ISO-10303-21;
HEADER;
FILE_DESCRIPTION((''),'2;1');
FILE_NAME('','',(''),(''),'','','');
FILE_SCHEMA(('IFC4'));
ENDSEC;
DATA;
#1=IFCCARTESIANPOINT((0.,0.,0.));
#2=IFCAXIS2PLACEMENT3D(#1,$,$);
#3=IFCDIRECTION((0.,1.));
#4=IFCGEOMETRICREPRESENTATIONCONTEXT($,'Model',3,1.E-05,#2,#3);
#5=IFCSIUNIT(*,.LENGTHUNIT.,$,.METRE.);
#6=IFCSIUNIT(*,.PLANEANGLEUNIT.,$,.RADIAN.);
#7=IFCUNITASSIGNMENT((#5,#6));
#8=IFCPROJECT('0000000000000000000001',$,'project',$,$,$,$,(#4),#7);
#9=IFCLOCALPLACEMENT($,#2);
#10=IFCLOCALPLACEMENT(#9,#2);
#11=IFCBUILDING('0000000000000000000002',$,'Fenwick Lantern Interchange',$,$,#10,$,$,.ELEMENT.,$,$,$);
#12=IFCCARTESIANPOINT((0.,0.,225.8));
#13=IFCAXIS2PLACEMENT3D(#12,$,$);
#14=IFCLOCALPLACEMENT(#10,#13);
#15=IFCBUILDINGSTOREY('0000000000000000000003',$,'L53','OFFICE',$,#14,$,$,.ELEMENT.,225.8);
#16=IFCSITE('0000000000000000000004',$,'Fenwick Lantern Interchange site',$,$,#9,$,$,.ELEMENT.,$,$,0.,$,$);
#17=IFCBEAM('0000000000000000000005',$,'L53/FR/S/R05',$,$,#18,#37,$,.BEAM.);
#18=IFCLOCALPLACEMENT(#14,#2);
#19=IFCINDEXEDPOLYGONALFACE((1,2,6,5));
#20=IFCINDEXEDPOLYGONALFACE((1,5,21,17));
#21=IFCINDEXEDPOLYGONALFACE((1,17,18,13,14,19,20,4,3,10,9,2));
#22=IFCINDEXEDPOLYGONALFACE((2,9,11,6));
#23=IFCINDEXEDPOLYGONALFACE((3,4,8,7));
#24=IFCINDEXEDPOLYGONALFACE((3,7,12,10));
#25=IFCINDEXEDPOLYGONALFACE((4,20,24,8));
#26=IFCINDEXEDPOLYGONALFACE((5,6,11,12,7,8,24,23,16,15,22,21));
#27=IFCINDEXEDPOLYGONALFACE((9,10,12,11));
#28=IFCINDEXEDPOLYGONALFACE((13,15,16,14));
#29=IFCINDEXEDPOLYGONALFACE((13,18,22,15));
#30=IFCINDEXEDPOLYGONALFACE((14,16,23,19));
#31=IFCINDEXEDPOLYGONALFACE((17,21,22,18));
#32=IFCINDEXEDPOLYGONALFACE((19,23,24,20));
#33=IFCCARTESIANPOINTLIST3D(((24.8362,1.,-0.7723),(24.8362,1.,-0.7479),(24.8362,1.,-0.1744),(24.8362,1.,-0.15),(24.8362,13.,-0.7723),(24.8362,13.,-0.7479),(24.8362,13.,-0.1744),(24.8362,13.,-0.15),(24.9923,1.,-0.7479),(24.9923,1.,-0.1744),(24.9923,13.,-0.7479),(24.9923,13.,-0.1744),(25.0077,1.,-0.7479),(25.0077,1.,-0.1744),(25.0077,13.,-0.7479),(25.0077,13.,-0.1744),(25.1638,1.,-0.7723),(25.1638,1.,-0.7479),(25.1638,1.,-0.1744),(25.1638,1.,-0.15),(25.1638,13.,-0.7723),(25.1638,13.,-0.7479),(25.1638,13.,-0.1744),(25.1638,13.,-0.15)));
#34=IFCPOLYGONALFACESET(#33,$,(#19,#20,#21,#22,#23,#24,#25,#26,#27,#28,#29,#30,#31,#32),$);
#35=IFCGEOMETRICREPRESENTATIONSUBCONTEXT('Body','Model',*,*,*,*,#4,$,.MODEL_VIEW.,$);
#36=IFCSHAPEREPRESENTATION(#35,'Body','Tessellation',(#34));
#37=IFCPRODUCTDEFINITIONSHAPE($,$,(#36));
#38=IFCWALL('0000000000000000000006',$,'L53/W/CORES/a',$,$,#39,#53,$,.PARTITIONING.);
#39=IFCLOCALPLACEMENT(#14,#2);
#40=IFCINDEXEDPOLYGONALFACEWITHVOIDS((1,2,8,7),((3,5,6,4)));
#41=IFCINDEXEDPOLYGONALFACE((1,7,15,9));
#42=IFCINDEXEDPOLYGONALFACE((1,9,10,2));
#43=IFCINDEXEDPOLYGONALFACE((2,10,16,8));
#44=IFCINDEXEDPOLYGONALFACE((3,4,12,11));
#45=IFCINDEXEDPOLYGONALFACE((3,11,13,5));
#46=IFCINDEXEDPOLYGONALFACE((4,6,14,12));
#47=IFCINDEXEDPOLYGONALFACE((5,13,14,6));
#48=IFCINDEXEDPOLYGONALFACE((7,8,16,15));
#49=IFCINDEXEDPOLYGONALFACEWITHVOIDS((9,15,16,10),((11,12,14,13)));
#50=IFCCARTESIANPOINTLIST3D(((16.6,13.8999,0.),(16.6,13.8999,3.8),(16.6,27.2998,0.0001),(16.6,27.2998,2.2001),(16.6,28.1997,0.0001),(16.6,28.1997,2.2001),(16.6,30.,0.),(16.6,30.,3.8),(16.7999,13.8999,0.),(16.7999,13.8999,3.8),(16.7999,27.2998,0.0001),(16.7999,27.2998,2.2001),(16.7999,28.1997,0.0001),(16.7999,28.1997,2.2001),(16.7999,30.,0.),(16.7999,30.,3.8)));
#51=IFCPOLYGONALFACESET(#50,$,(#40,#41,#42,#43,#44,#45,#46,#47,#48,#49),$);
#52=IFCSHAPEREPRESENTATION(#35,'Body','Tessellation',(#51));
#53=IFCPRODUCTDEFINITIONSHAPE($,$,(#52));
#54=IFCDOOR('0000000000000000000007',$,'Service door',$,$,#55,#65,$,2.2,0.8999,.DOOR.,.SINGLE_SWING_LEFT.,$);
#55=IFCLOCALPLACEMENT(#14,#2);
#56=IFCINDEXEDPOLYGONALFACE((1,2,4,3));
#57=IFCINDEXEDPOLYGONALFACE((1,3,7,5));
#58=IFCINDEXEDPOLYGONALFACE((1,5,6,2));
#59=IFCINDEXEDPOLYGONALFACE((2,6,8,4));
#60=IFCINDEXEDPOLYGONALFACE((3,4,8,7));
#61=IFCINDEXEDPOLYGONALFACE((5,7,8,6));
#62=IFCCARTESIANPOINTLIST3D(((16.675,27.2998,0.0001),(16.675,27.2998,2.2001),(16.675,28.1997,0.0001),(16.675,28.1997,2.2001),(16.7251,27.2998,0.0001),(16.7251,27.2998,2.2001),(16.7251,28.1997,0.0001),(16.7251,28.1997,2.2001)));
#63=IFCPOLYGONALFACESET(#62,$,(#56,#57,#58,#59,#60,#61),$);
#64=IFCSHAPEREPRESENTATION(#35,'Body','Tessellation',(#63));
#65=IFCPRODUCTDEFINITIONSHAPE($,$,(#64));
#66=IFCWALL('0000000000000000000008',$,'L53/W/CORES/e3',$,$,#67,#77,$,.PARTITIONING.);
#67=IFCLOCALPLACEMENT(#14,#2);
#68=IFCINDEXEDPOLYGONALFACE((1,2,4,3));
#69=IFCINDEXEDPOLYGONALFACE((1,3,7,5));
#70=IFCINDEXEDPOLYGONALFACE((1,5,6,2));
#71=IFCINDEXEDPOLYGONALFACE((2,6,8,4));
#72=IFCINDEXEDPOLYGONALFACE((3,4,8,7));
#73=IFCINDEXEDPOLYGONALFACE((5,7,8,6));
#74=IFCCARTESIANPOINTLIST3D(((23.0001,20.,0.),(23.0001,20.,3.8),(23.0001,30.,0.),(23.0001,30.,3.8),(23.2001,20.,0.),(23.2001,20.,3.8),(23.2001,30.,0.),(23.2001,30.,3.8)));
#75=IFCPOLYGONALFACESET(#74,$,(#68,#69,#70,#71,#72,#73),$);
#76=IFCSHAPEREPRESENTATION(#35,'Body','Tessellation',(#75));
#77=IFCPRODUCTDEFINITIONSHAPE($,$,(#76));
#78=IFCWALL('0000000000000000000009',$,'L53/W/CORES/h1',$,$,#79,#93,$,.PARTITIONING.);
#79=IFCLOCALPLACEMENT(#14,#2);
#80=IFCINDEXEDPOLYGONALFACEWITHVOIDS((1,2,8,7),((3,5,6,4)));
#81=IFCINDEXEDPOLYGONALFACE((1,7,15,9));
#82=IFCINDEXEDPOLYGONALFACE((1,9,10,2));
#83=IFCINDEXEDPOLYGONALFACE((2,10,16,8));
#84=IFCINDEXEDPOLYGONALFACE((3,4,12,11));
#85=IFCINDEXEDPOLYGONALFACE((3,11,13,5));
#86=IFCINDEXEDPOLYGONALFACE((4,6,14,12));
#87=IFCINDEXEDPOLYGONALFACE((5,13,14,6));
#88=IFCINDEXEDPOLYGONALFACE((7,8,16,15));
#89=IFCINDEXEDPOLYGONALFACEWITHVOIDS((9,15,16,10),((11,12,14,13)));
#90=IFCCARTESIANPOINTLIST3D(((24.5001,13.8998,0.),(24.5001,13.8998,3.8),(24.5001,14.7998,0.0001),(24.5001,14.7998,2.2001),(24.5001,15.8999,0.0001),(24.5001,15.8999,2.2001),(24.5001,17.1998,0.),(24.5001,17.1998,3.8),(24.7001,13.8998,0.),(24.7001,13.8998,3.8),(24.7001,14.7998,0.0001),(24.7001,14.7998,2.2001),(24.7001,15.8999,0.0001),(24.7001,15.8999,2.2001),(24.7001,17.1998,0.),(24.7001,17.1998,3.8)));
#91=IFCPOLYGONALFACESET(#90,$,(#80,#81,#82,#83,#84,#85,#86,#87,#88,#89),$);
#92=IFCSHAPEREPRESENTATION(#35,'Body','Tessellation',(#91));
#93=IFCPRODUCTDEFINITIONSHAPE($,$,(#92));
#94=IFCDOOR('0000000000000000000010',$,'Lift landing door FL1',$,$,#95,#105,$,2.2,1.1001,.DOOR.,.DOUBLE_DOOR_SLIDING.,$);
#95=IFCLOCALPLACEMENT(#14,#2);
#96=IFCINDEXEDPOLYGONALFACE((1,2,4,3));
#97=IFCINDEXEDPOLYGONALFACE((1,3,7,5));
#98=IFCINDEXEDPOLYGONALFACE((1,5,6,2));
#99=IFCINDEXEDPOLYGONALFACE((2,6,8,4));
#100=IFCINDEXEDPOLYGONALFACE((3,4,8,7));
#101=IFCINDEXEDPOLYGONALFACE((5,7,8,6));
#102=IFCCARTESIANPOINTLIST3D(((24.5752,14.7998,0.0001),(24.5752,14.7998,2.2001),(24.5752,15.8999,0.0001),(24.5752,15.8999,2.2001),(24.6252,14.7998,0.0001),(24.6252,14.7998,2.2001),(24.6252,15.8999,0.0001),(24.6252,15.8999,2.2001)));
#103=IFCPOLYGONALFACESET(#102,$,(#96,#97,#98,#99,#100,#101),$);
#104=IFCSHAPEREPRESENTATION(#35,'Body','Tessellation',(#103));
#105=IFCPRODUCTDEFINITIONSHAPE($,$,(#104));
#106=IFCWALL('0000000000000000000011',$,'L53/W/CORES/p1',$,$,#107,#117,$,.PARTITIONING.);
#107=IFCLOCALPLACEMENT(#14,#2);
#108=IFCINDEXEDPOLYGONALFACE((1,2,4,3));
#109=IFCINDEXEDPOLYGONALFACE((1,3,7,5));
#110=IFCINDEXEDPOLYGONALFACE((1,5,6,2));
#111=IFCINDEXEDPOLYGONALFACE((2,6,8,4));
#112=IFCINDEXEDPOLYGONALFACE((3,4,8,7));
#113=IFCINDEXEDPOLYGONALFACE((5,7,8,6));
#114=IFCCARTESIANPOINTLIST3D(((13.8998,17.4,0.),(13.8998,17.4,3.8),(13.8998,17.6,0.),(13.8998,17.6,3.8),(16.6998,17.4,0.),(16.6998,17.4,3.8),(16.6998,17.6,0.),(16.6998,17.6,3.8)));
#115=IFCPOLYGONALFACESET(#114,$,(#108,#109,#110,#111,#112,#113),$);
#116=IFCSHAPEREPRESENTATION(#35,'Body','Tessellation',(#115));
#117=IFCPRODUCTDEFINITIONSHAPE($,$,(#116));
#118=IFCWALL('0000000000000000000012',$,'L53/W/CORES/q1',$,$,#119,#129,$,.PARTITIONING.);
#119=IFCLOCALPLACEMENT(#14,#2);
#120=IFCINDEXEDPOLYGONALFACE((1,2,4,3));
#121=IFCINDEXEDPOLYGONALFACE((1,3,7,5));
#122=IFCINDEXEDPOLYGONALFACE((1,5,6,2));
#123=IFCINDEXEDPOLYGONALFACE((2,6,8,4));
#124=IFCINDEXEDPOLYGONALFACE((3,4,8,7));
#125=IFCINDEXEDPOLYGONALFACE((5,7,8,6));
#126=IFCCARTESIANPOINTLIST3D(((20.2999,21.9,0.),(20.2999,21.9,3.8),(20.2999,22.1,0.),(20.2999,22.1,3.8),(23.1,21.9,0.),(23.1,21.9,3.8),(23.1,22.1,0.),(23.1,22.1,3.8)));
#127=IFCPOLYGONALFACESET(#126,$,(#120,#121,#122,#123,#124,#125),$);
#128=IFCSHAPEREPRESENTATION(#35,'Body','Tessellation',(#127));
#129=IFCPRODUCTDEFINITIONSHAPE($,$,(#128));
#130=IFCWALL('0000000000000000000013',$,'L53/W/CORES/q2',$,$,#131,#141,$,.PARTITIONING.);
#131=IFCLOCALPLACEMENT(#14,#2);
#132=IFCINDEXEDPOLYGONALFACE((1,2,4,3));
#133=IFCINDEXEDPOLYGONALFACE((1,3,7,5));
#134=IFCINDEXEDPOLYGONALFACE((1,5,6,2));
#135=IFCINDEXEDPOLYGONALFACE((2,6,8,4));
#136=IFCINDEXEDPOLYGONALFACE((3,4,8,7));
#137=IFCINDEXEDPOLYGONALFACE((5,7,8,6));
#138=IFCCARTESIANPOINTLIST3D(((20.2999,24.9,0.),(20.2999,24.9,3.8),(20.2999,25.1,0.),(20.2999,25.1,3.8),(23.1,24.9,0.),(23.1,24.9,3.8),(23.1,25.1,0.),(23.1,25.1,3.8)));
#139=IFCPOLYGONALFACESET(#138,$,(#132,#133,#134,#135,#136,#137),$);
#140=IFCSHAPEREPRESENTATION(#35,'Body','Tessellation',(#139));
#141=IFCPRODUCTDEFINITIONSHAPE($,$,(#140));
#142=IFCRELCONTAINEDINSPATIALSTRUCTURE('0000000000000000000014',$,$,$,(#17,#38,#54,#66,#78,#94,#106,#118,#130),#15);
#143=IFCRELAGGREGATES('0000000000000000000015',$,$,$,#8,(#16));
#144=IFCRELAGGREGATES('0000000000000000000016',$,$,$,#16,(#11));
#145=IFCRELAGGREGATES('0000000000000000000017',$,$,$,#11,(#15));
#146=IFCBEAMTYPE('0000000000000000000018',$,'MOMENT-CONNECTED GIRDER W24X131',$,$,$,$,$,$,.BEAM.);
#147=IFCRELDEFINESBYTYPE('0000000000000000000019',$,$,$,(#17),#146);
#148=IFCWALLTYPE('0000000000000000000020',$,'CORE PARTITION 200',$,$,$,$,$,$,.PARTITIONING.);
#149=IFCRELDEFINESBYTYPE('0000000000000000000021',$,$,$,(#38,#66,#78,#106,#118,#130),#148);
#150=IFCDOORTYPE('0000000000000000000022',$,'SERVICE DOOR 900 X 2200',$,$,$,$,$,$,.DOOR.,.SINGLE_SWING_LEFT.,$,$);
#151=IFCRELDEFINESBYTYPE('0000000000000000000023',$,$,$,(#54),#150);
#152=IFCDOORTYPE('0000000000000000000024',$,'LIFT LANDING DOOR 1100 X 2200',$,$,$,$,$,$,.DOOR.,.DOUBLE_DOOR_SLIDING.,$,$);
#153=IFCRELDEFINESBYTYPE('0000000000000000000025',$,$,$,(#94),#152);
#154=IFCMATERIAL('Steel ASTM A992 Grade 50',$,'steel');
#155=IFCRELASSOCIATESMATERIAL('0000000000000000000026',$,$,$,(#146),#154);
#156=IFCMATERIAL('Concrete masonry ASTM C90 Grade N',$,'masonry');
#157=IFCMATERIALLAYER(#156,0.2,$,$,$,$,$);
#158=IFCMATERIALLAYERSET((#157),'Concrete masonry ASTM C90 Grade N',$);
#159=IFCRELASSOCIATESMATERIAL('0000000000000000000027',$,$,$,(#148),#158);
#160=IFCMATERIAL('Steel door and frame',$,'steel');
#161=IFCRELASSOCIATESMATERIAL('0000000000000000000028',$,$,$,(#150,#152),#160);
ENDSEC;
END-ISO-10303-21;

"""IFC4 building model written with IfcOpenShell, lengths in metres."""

from ifc_helpers import new_model, si_unit, direction, frame, frame_2d, origin, origin_2d, place, context, subcontext, project, spatial, rectangle, i_section, extrude, material, layer, layer_set, material_profile, profile_set, type_object, element, fill, save


model = new_model("IFC4")

# Units and contexts
model_context = context("Model", 3, precision=1e-05, world=origin(), true_north=direction((0.0, 1.0)))
body_context = subcontext(model_context, "Body", "Model", "MODEL_VIEW")
ifc_project = project(units=[si_unit("LENGTHUNIT", "METRE"), si_unit("PLANEANGLEUNIT", "RADIAN")], contexts=[model_context])

# Site, building, storey
site_placement = place(None, origin())
site = spatial("IfcSite", under=ifc_project, at=site_placement, Name="Fenwick Lantern Interchange site", CompositionType="ELEMENT", RefElevation=0.0)
building_placement = place(site_placement, origin())
building = spatial("IfcBuilding", under=site, at=building_placement, Name="Fenwick Lantern Interchange", CompositionType="ELEMENT")
storey_placement = place(building_placement, frame((0.0, 0.0, 225.8)))
storey = spatial("IfcBuildingStorey", under=building, at=storey_placement, Name="L53", Description="OFFICE", CompositionType="ELEMENT", Elevation=225.8)

# Beam
ifc_material_1 = material(Name="Steel ASTM A992 Grade 50", Category="steel")
ifc_material_profile = material_profile(ifc_material_1, i_section(OverallWidth=0.3276, OverallDepth=0.6223, WebThickness=0.0154, FlangeThickness=0.0244, at=origin_2d()), Name="W24X131")
ifc_profile_set = profile_set([ifc_material_profile], Name="Steel ASTM A992 Grade 50")
beam_type = type_object("IfcBeamType", Name="MOMENT-CONNECTED GIRDER W24X131", PredefinedType="BEAM", material=ifc_profile_set)
beam_placement = place(storey_placement, frame((25.0, 1.0, -0.4612), z_axis=(0.0, 1.0, 0.0), x_axis=(-1.0, 0.0, 0.0)))
element("IfcBeam", 1, at=beam_placement, inside=storey, type_object=beam_type, Name="L53/FR/S/R05", PredefinedType="BEAM", context=body_context, shape_type="SweptSolid", body=[
    extrude(i_section(OverallWidth=0.3276, OverallDepth=0.6223, WebThickness=0.0154, FlangeThickness=0.0244, at=origin_2d()), origin(), (0.0, 0.0, 1.0), 12.0),
])

# Wall, opening, door
ifc_material_2 = material(Name="Concrete masonry ASTM C90 Grade N", Category="masonry")
ifc_layer_1 = layer(ifc_material_2, 0.2)
ifc_layer_set_1 = layer_set([ifc_layer_1], Name="Concrete masonry ASTM C90 Grade N")
wall_type_1 = type_object("IfcWallType", Name="CORE PARTITION 200", PredefinedType="PARTITIONING", material=ifc_layer_set_1)
wall_1_placement = place(storey_placement, frame((16.7, 13.8999, 0.0), z_axis=(0.0, 0.0, 1.0), x_axis=(0.0, 1.0, 0.0)))
wall_1 = element("IfcWall", 2, at=wall_1_placement, inside=storey, type_object=wall_type_1, Name="L53/W/CORES/a", PredefinedType="PARTITIONING", context=body_context, shape_type="SweptSolid", body=[
    extrude(rectangle(XDim=16.1001, YDim=0.2, at=frame_2d((8.05, 0.0))), origin(), (0.0, 0.0, 1.0), 3.8),
])
opening_1_placement = place(wall_1_placement, frame((13.3999, 0.0, 0.0)))
opening_1 = element("IfcOpeningElement", 3, at=opening_1_placement, cuts=wall_1, PredefinedType="OPENING", context=body_context, shape_type="SweptSolid", body=[
    extrude(rectangle(XDim=0.8999, YDim=2.2, at=frame_2d((0.45, 1.1001))), frame((0.0, 0.1099, 0.0), z_axis=(0.0, -1.0, 0.0), x_axis=(1.0, 0.0, 0.0)), (0.0, 0.0, 1.0), 0.22),
])
ifc_material_3 = material(Name="Steel door and frame", Category="steel")
door_type_1 = type_object("IfcDoorType", Name="SERVICE DOOR 900 X 2200", OperationType="SINGLE_SWING_LEFT", PredefinedType="DOOR", material=ifc_material_3)
door_1_placement = place(opening_1_placement, origin())
door_1 = element("IfcDoor", 4, at=door_1_placement, inside=storey, type_object=door_type_1, Name="Service door", OperationType="SINGLE_SWING_LEFT", OverallHeight=2.2, OverallWidth=0.8999, PredefinedType="DOOR", context=body_context, shape_type="SweptSolid", body=[
    extrude(rectangle(XDim=0.8999, YDim=2.2, at=frame_2d((0.45, 1.1001))), frame((0.0, 0.0249, 0.0), z_axis=(0.0, -1.0, 0.0), x_axis=(1.0, 0.0, 0.0)), (0.0, 0.0, 1.0), 0.05),
])
fill(opening_1, door_1)

# Wall
wall_2_placement = place(storey_placement, frame((23.1001, 20.0, 0.0), z_axis=(0.0, 0.0, 1.0), x_axis=(0.0, 1.0, 0.0)))
element("IfcWall", 5, at=wall_2_placement, inside=storey, type_object=wall_type_1, Name="L53/W/CORES/e3", PredefinedType="PARTITIONING", context=body_context, shape_type="SweptSolid", body=[
    extrude(rectangle(XDim=10.0, YDim=0.2, at=frame_2d((5.0, 0.0))), origin(), (0.0, 0.0, 1.0), 3.8),
])

# Wall, opening, door
wall_3_placement = place(storey_placement, frame((24.6001, 13.8999, 0.0), z_axis=(0.0, 0.0, 1.0), x_axis=(0.0, 1.0, 0.0)))
wall_3 = element("IfcWall", 6, at=wall_3_placement, inside=storey, type_object=wall_type_1, Name="L53/W/CORES/h1", PredefinedType="PARTITIONING", context=body_context, shape_type="SweptSolid", body=[
    extrude(rectangle(XDim=3.3, YDim=0.2, at=frame_2d((1.6499, 0.0))), origin(), (0.0, 0.0, 1.0), 3.8),
])
opening_2_placement = place(wall_3_placement, frame((0.8999, 0.0, 0.0)))
opening_2 = element("IfcOpeningElement", 7, at=opening_2_placement, cuts=wall_3, PredefinedType="OPENING", context=body_context, shape_type="SweptSolid", body=[
    extrude(rectangle(XDim=1.1001, YDim=2.2, at=frame_2d((0.55, 1.1001))), frame((0.0, 0.1099, 0.0), z_axis=(0.0, -1.0, 0.0), x_axis=(1.0, 0.0, 0.0)), (0.0, 0.0, 1.0), 0.22),
])
door_type_2 = type_object("IfcDoorType", Name="LIFT LANDING DOOR 1100 X 2200", OperationType="DOUBLE_DOOR_SLIDING", PredefinedType="DOOR", material=ifc_material_3)
door_2_placement = place(opening_2_placement, origin())
door_2 = element("IfcDoor", 8, at=door_2_placement, inside=storey, type_object=door_type_2, Name="Lift landing door FL1", OperationType="DOUBLE_DOOR_SLIDING", OverallHeight=2.2, OverallWidth=1.1001, PredefinedType="DOOR", context=body_context, shape_type="SweptSolid", body=[
    extrude(rectangle(XDim=1.1001, YDim=2.2, at=frame_2d((0.55, 1.1001))), frame((0.0, 0.0249, 0.0), z_axis=(0.0, -1.0, 0.0), x_axis=(1.0, 0.0, 0.0)), (0.0, 0.0, 1.0), 0.05),
])
fill(opening_2, door_2)

# Walls
for number, where, z_axis, x_axis, name in (
    (9, (13.8999, 17.5, 0.0), (0.0, 0.0, 1.0), (1.0, 0.0, 0.0), "L53/W/CORES/p1"),
    (10, (20.3, 22.0, 0.0), (0.0, 0.0, 1.0), (1.0, 0.0, 0.0), "L53/W/CORES/q1"),
    (11, (20.3, 25.0, 0.0), (0.0, 0.0, 1.0), (1.0, 0.0, 0.0), "L53/W/CORES/q2"),
):
    element("IfcWall", number, at=place(storey_placement, frame(where, z_axis=z_axis, x_axis=x_axis)), inside=storey, type_object=wall_type_1, Name=name, PredefinedType="PARTITIONING", context=body_context, shape_type="SweptSolid", body=[
        extrude(rectangle(XDim=2.8, YDim=0.2, at=frame_2d((1.3999, 0.0))), origin(), (0.0, 0.0, 1.0), 3.8),
    ])

save(model, "model.ifc")
